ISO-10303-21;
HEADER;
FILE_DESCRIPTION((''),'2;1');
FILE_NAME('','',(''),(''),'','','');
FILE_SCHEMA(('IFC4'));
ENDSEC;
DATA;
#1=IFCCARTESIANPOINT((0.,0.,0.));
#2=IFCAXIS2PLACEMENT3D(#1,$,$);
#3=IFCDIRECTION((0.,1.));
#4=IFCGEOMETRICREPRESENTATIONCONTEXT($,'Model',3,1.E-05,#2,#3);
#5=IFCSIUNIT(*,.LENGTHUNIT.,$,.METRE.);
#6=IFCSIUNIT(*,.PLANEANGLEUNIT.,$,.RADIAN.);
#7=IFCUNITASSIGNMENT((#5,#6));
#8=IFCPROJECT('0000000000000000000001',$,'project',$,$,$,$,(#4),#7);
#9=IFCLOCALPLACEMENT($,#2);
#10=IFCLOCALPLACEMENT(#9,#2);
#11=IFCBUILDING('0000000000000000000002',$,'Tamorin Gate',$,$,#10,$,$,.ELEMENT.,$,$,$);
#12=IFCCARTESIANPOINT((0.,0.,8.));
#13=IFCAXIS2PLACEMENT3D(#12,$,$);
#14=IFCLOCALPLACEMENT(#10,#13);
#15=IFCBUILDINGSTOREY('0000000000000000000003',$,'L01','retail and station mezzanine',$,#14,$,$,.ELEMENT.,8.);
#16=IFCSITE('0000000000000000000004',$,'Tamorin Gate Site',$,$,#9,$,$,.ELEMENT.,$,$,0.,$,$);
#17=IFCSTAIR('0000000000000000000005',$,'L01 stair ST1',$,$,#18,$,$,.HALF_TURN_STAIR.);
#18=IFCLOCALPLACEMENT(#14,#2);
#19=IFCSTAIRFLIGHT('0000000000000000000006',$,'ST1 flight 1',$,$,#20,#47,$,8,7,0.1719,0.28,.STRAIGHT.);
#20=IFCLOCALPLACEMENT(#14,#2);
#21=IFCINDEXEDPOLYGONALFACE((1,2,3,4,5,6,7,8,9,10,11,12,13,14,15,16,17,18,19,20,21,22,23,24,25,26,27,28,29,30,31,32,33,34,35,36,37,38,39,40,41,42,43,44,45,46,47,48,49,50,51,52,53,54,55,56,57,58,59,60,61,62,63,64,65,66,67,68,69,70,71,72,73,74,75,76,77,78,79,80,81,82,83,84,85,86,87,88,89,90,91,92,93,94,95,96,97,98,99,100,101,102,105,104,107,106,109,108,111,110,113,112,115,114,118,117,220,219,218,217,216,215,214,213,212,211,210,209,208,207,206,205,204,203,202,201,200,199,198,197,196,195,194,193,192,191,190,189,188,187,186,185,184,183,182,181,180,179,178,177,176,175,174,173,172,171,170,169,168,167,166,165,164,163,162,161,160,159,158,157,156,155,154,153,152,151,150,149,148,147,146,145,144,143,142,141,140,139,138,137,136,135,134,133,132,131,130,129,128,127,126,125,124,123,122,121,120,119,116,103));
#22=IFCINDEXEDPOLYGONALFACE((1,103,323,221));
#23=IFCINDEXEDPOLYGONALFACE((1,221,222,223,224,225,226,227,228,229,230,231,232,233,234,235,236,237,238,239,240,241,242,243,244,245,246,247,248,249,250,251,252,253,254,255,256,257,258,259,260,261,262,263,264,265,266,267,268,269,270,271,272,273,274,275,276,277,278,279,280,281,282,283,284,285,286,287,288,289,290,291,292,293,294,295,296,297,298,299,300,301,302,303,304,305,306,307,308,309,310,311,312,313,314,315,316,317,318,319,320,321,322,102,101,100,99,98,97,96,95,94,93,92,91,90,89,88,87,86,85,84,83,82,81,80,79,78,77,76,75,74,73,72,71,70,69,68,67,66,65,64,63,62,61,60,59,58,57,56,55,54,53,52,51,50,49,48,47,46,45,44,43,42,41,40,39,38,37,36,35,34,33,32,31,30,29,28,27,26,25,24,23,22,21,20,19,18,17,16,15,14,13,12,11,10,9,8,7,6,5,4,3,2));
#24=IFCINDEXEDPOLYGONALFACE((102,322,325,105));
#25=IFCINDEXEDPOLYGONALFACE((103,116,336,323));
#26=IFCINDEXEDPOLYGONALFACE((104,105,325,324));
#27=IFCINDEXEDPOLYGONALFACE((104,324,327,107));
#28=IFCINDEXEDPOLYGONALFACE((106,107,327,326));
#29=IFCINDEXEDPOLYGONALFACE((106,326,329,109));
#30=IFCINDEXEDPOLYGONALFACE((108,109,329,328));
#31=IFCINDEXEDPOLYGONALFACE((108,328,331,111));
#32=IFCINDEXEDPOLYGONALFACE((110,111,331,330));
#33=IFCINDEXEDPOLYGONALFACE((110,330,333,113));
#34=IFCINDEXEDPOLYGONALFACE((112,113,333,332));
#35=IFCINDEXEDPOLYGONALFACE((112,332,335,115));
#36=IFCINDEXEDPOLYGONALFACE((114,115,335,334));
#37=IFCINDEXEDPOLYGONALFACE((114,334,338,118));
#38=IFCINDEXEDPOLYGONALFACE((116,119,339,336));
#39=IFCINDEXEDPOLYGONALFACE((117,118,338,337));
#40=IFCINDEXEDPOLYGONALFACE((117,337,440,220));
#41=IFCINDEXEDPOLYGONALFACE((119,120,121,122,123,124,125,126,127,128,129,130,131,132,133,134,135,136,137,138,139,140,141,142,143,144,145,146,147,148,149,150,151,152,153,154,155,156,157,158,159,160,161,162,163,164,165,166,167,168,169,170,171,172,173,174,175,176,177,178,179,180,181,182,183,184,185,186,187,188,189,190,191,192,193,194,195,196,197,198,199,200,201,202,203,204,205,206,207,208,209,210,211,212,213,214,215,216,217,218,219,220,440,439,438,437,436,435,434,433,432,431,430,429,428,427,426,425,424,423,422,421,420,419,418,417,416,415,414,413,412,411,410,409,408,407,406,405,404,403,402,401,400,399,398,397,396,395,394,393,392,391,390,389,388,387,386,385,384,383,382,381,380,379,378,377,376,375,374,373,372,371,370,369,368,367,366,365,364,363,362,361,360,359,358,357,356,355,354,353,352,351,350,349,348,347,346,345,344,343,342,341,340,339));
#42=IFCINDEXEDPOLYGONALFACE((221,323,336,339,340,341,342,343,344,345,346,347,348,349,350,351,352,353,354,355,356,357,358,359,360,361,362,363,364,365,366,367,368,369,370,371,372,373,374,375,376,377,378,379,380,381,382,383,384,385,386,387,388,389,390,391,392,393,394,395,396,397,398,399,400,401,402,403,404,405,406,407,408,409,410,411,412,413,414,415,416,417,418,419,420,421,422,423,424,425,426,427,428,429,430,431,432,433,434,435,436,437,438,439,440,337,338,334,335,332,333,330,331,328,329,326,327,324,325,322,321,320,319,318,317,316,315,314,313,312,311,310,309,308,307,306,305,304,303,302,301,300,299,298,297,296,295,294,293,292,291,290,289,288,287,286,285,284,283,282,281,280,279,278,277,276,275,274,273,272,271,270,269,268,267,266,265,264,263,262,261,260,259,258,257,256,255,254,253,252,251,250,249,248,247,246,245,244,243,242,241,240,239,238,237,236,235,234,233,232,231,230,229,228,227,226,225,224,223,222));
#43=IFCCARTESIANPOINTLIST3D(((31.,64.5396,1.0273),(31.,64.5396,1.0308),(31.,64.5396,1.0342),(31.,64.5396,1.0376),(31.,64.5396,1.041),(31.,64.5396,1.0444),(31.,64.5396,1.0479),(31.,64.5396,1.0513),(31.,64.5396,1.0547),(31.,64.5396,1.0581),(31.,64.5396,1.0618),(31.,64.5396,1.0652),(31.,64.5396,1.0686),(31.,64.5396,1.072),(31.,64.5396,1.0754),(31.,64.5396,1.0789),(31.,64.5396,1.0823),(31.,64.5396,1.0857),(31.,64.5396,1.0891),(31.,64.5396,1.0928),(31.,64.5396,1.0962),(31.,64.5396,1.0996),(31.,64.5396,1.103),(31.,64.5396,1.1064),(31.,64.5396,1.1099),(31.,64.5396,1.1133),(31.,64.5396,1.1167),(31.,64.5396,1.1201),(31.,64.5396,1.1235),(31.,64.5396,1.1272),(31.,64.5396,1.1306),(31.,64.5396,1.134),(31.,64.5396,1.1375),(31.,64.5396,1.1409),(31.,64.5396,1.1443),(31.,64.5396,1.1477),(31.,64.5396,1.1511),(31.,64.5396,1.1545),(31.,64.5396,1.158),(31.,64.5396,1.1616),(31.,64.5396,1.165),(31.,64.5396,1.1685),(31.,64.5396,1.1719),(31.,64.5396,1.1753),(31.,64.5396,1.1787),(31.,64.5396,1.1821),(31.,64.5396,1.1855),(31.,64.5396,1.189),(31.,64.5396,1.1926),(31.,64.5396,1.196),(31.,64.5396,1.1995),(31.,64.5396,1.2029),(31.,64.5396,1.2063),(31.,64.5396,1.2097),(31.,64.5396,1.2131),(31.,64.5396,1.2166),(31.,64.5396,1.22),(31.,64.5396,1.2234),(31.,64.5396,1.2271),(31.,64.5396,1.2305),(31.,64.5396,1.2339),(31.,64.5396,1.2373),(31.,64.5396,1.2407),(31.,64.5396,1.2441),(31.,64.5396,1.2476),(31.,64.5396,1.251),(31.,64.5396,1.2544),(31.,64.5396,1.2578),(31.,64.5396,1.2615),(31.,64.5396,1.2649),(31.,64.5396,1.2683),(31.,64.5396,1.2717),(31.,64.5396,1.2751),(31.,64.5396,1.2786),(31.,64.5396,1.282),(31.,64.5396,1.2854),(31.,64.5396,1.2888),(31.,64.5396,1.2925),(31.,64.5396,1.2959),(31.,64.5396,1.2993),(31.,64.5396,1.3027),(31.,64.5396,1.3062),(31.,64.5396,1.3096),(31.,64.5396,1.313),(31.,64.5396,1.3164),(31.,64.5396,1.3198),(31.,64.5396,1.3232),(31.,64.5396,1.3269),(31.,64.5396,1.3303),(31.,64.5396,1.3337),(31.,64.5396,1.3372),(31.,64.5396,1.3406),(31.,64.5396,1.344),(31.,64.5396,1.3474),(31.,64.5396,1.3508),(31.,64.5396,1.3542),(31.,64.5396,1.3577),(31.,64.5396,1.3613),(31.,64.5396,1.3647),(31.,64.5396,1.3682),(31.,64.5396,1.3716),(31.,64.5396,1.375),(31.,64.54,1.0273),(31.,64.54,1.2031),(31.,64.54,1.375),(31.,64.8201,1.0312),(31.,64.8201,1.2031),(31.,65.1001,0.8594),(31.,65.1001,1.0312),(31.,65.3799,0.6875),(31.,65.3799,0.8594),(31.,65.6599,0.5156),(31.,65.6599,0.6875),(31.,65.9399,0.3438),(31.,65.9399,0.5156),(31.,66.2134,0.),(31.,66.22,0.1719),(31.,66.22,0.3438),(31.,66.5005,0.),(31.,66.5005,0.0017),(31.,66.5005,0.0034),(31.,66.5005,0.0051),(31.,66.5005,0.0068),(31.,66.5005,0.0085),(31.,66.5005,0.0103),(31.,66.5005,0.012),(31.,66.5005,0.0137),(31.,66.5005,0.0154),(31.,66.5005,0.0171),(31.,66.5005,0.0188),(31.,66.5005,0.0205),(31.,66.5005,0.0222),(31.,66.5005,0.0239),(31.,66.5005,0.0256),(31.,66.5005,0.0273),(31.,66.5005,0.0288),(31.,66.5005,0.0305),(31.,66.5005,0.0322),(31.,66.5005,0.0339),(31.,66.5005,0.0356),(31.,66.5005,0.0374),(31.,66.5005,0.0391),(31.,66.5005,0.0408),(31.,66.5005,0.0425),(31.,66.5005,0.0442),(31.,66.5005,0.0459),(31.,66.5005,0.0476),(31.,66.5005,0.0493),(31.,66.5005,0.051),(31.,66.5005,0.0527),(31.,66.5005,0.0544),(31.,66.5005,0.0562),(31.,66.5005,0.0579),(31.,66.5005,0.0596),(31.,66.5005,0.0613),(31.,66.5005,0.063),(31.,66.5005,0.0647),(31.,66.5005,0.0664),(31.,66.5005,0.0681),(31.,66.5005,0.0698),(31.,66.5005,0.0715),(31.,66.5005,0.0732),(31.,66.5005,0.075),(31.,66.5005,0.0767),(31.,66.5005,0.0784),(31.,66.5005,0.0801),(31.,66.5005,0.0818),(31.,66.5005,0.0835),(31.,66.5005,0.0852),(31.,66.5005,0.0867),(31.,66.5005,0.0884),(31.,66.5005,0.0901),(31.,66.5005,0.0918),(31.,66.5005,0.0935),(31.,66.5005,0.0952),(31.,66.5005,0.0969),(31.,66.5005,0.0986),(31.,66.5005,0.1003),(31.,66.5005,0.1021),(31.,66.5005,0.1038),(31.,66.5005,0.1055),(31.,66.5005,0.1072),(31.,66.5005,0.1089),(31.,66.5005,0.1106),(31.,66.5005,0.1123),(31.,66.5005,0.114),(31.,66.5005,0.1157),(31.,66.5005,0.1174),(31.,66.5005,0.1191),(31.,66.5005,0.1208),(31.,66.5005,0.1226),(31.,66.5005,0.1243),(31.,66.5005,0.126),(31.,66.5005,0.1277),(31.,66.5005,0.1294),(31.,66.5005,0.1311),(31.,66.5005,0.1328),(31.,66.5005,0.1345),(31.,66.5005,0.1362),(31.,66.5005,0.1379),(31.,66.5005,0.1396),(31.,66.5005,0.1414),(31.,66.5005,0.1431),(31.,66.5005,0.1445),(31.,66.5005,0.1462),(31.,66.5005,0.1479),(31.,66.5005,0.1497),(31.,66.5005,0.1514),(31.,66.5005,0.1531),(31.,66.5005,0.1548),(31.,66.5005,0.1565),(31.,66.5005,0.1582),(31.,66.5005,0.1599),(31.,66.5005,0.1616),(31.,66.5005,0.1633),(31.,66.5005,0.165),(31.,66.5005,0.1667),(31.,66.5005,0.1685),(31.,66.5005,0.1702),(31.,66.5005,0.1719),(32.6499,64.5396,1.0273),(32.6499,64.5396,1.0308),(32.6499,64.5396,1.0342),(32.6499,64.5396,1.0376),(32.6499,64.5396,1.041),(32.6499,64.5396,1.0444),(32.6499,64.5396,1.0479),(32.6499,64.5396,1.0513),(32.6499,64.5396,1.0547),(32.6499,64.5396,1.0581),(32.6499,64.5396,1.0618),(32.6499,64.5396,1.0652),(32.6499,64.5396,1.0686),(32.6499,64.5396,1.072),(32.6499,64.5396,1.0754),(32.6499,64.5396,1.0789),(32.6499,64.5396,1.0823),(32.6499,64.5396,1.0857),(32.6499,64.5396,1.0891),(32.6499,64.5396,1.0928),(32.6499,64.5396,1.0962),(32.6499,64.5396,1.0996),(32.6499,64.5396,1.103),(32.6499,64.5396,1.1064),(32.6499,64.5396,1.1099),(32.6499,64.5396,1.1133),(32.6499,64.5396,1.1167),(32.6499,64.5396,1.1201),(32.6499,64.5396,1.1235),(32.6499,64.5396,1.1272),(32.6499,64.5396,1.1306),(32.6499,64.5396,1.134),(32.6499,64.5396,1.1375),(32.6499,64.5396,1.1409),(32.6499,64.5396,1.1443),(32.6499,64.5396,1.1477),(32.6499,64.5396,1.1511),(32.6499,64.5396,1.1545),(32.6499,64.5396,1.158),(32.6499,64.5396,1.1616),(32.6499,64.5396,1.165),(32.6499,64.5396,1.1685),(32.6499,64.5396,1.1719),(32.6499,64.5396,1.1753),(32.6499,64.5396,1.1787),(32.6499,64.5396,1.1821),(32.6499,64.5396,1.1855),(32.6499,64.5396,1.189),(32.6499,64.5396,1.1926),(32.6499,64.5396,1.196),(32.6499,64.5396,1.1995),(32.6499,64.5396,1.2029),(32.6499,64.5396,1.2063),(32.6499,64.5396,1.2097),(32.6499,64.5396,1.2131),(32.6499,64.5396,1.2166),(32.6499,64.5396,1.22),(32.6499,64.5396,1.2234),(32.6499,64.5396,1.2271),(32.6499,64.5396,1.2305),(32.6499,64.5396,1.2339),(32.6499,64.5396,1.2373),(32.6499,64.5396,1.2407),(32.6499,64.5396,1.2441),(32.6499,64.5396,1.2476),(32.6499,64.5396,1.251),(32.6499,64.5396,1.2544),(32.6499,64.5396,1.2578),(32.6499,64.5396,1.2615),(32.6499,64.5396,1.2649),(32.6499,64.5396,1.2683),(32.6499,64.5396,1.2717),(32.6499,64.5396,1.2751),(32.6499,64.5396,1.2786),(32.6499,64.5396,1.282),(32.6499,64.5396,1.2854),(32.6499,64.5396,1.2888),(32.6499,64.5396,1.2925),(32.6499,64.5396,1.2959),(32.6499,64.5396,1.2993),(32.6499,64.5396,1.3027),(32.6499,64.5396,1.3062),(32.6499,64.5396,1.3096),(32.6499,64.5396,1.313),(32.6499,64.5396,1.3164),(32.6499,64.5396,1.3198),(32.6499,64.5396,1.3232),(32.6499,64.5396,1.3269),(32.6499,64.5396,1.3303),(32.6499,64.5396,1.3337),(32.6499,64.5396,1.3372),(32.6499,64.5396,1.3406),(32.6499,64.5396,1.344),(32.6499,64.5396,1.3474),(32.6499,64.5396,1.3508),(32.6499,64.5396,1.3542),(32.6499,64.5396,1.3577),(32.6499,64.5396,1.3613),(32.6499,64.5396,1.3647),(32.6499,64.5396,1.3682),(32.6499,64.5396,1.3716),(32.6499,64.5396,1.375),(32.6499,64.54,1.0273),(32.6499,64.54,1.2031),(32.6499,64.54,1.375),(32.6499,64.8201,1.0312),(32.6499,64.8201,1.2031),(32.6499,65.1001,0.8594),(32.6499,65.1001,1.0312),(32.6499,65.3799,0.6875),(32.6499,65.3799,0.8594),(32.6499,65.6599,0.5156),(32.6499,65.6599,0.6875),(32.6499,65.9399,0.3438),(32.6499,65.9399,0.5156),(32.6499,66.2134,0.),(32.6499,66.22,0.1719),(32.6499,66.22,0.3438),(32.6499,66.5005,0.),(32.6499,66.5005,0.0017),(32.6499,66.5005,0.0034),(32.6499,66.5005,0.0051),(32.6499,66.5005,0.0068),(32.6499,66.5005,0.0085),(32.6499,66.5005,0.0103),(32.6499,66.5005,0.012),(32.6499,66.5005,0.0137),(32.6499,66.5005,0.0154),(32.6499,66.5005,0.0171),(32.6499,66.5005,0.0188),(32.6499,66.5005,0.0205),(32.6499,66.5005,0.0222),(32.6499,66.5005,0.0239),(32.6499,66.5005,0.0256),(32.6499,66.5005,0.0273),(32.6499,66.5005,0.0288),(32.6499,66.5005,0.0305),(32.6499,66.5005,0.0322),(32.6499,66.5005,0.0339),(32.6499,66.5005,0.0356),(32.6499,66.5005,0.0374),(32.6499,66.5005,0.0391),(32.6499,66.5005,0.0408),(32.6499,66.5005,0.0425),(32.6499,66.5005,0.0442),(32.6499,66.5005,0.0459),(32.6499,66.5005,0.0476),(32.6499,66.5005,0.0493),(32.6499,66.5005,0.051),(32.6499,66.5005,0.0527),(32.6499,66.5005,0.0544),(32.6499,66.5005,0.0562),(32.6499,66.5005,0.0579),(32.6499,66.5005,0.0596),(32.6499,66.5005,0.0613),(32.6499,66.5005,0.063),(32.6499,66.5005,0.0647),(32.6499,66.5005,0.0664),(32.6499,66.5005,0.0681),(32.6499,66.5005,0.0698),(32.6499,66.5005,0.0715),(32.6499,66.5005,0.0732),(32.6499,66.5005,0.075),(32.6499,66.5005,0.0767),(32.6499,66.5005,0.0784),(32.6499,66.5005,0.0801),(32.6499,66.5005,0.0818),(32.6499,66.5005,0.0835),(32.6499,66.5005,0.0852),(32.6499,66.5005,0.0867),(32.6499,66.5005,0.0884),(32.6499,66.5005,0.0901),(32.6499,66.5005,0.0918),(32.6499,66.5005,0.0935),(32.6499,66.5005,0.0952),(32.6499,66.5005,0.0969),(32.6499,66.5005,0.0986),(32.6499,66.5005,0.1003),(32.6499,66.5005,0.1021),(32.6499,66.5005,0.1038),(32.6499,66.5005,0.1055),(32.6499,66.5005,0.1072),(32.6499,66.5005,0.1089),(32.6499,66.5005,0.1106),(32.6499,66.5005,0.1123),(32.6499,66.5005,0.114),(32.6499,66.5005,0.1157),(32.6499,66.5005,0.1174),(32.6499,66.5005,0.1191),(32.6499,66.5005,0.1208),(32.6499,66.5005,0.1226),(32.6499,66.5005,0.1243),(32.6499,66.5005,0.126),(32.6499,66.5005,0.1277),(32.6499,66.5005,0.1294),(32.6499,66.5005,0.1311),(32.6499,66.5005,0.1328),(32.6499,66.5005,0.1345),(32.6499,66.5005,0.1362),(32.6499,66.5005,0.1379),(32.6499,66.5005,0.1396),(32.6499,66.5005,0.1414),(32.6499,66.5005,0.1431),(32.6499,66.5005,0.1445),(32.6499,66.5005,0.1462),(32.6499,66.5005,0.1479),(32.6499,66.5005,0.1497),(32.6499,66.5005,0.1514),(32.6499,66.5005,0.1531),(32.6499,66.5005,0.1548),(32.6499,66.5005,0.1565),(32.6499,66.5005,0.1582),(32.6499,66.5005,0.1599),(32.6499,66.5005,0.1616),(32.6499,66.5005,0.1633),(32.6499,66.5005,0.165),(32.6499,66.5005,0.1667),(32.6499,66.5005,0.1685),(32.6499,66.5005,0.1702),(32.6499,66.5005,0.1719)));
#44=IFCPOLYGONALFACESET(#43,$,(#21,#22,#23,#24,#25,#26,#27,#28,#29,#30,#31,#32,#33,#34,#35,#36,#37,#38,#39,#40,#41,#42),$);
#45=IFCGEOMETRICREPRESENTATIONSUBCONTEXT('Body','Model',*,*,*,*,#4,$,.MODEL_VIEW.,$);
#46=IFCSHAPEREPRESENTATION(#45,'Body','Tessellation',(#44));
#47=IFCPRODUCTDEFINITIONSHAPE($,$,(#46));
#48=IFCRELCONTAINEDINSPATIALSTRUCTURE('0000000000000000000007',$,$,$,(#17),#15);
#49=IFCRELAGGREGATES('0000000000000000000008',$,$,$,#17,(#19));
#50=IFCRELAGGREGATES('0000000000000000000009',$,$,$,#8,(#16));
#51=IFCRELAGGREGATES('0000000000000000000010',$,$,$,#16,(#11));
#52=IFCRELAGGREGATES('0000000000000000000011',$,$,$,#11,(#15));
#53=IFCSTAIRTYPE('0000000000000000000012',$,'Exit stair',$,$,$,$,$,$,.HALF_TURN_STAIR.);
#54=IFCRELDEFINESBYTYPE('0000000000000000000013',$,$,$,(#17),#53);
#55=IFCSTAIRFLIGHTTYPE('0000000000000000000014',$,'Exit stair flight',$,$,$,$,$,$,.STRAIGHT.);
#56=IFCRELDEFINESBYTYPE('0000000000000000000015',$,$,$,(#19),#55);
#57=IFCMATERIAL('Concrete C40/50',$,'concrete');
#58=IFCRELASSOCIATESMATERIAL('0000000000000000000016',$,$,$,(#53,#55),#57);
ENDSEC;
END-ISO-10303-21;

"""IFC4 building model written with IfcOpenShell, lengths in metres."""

from ifc_helpers import new_model, si_unit, direction, frame, origin, place, context, subcontext, project, spatial, polyline, outline, extrude, material, type_object, element, aggregate, save


model = new_model("IFC4")

# Units and contexts
model_context = context("Model", 3, precision=1e-05, world=origin(), true_north=direction((0.0, 1.0)))
body_context = subcontext(model_context, "Body", "Model", "MODEL_VIEW")
ifc_project = project(units=[si_unit("LENGTHUNIT", "METRE"), si_unit("PLANEANGLEUNIT", "RADIAN")], contexts=[model_context])

# Site, building, storey
site_placement = place(None, origin())
site = spatial("IfcSite", under=ifc_project, at=site_placement, Name="Tamorin Gate Site", CompositionType="ELEMENT", RefElevation=0.0)
building_placement = place(site_placement, origin())
building = spatial("IfcBuilding", under=site, at=building_placement, Name="Tamorin Gate", CompositionType="ELEMENT")
storey_placement = place(building_placement, frame((0.0, 0.0, 8.0)))
storey = spatial("IfcBuildingStorey", under=building, at=storey_placement, Name="L01", Description="retail and station mezzanine", CompositionType="ELEMENT", Elevation=8.0)

# Shared definitions
ifc_material_1 = material(Name="Concrete C40/50", Category="concrete")

# Stair, stair flight
stair_type = type_object("IfcStairType", Name="Exit stair", PredefinedType="HALF_TURN_STAIR", material=ifc_material_1)
stair_placement = place(storey_placement, origin())
stair = element("IfcStair", 1, at=stair_placement, inside=storey, type_object=stair_type, Name="L01 stair ST1", PredefinedType="HALF_TURN_STAIR")
stair_flight_type = type_object("IfcStairFlightType", Name="Exit stair flight", PredefinedType="STRAIGHT", material=ifc_material_1)
stair_flight_1_placement = place(storey_placement, frame((31.825, 66.5, 0.0), z_axis=(0.0, 0.0, 1.0), x_axis=(0.0, -1.0, 0.0)))
stair_flight_1 = element("IfcStairFlight", 2, at=stair_flight_1_placement, type_object=stair_flight_type, Name="ST1 flight 1", NumberOfRisers=8, NumberOfTreads=7, PredefinedType="STRAIGHT", RiserHeight=0.1719, TreadLength=0.28, context=body_context, shape_type="SweptSolid", body=[
    extrude(outline(polyline([(-0.0005, 0.0), (-0.0005, 0.0017), (-0.0005, 0.0034), (-0.0005, 0.0051), (-0.0005, 0.0068), (-0.0005, 0.0085), (-0.0005, 0.0103), (-0.0005, 0.012), (-0.0005, 0.0137), (-0.0005, 0.0154), (-0.0005, 0.0171), (-0.0005, 0.0188), (-0.0005, 0.0205), (-0.0005, 0.0222), (-0.0005, 0.0239), (-0.0005, 0.0256), (-0.0005, 0.0273), (-0.0005, 0.0288), (-0.0005, 0.0305), (-0.0005, 0.0322), (-0.0005, 0.0339), (-0.0005, 0.0356), (-0.0005, 0.0374), (-0.0005, 0.0391), (-0.0005, 0.0408), (-0.0005, 0.0425), (-0.0005, 0.0442), (-0.0005, 0.0459), (-0.0005, 0.0476), (-0.0005, 0.0493), (-0.0005, 0.051), (-0.0005, 0.0527), (-0.0005, 0.0544), (-0.0005, 0.0562), (-0.0005, 0.0579), (-0.0005, 0.0596), (-0.0005, 0.0613), (-0.0005, 0.063), (-0.0005, 0.0647), (-0.0005, 0.0664), (-0.0005, 0.0681), (-0.0005, 0.0698), (-0.0005, 0.0715), (-0.0005, 0.0732), (-0.0005, 0.075), (-0.0005, 0.0767), (-0.0005, 0.0784), (-0.0005, 0.0801), (-0.0005, 0.0818), (-0.0005, 0.0835), (-0.0005, 0.0852), (-0.0005, 0.0867), (-0.0005, 0.0884), (-0.0005, 0.0901), (-0.0005, 0.0918), (-0.0005, 0.0935), (-0.0005, 0.0952), (-0.0005, 0.0969), (-0.0005, 0.0986), (-0.0005, 0.1003), (-0.0005, 0.1021), (-0.0005, 0.1038), (-0.0005, 0.1055), (-0.0005, 0.1072), (-0.0005, 0.1089), (-0.0005, 0.1106), (-0.0005, 0.1123), (-0.0005, 0.114), (-0.0005, 0.1157), (-0.0005, 0.1174), (-0.0005, 0.1191), (-0.0005, 0.1208), (-0.0005, 0.1226), (-0.0005, 0.1243), (-0.0005, 0.126), (-0.0005, 0.1277), (-0.0005, 0.1294), (-0.0005, 0.1311), (-0.0005, 0.1328), (-0.0005, 0.1345), (-0.0005, 0.1362), (-0.0005, 0.1379), (-0.0005, 0.1396), (-0.0005, 0.1414), (-0.0005, 0.1431), (-0.0005, 0.1445), (-0.0005, 0.1462), (-0.0005, 0.1479), (-0.0005, 0.1497), (-0.0005, 0.1514), (-0.0005, 0.1531), (-0.0005, 0.1548), (-0.0005, 0.1565), (-0.0005, 0.1582), (-0.0005, 0.1599), (-0.0005, 0.1616), (-0.0005, 0.1633), (-0.0005, 0.165), (-0.0005, 0.1667), (-0.0005, 0.1685), (-0.0005, 0.1702), (-0.0005, 0.1719), (0.28, 0.1719), (0.28, 0.3438), (0.5601, 0.3438), (0.5601, 0.5156), (0.8401, 0.5156), (0.8401, 0.6875), (1.1201, 0.6875), (1.1201, 0.8594), (1.3999, 0.8594), (1.3999, 1.0312), (1.6799, 1.0312), (1.6799, 1.2031), (1.96, 1.2031), (1.96, 1.375), (1.9604, 1.375), (1.9604, 1.3716), (1.9604, 1.3682), (1.9604, 1.3647), (1.9604, 1.3613), (1.9604, 1.3577), (1.9604, 1.3542), (1.9604, 1.3508), (1.9604, 1.3474), (1.9604, 1.344), (1.9604, 1.3406), (1.9604, 1.3372), (1.9604, 1.3337), (1.9604, 1.3303), (1.9604, 1.3269), (1.9604, 1.3232), (1.9604, 1.3198), (1.9604, 1.3164), (1.9604, 1.313), (1.9604, 1.3096), (1.9604, 1.3062), (1.9604, 1.3027), (1.9604, 1.2993), (1.9604, 1.2959), (1.9604, 1.2925), (1.9604, 1.2888), (1.9604, 1.2854), (1.9604, 1.282), (1.9604, 1.2786), (1.9604, 1.2751), (1.9604, 1.2717), (1.9604, 1.2683), (1.9604, 1.2649), (1.9604, 1.2615), (1.9604, 1.2578), (1.9604, 1.2544), (1.9604, 1.251), (1.9604, 1.2476), (1.9604, 1.2441), (1.9604, 1.2407), (1.9604, 1.2373), (1.9604, 1.2339), (1.9604, 1.2305), (1.9604, 1.2271), (1.9604, 1.2234), (1.9604, 1.22), (1.9604, 1.2166), (1.9604, 1.2131), (1.9604, 1.2097), (1.9604, 1.2063), (1.9604, 1.2029), (1.9604, 1.1995), (1.9604, 1.196), (1.9604, 1.1926), (1.9604, 1.189), (1.9604, 1.1855), (1.9604, 1.1821), (1.9604, 1.1787), (1.9604, 1.1753), (1.9604, 1.1719), (1.9604, 1.1685), (1.9604, 1.165), (1.9604, 1.1616), (1.9604, 1.158), (1.9604, 1.1545), (1.9604, 1.1511), (1.9604, 1.1477), (1.9604, 1.1443), (1.9604, 1.1409), (1.9604, 1.1375), (1.9604, 1.134), (1.9604, 1.1306), (1.9604, 1.1272), (1.9604, 1.1235), (1.9604, 1.1201), (1.9604, 1.1167), (1.9604, 1.1133), (1.9604, 1.1099), (1.9604, 1.1064), (1.9604, 1.103), (1.9604, 1.0996), (1.9604, 1.0962), (1.9604, 1.0928), (1.9604, 1.0891), (1.9604, 1.0857), (1.9604, 1.0823), (1.9604, 1.0789), (1.9604, 1.0754), (1.9604, 1.072), (1.9604, 1.0686), (1.9604, 1.0652), (1.9604, 1.0618), (1.9604, 1.0581), (1.9604, 1.0547), (1.9604, 1.0513), (1.9604, 1.0479), (1.9604, 1.0444), (1.9604, 1.041), (1.9604, 1.0376), (1.9604, 1.0342), (1.9604, 1.0308), (1.9604, 1.0273), (1.96, 1.0273), (0.2866, 0.0), (-0.0005, 0.0)])), frame((0.0, 0.825, 0.0), z_axis=(0.0, -1.0, 0.0), x_axis=(1.0, 0.0, 0.0)), (0.0, 0.0, 1.0), 1.6499),
])
aggregate(stair, [stair_flight_1])

save(model, "model.ifc")
